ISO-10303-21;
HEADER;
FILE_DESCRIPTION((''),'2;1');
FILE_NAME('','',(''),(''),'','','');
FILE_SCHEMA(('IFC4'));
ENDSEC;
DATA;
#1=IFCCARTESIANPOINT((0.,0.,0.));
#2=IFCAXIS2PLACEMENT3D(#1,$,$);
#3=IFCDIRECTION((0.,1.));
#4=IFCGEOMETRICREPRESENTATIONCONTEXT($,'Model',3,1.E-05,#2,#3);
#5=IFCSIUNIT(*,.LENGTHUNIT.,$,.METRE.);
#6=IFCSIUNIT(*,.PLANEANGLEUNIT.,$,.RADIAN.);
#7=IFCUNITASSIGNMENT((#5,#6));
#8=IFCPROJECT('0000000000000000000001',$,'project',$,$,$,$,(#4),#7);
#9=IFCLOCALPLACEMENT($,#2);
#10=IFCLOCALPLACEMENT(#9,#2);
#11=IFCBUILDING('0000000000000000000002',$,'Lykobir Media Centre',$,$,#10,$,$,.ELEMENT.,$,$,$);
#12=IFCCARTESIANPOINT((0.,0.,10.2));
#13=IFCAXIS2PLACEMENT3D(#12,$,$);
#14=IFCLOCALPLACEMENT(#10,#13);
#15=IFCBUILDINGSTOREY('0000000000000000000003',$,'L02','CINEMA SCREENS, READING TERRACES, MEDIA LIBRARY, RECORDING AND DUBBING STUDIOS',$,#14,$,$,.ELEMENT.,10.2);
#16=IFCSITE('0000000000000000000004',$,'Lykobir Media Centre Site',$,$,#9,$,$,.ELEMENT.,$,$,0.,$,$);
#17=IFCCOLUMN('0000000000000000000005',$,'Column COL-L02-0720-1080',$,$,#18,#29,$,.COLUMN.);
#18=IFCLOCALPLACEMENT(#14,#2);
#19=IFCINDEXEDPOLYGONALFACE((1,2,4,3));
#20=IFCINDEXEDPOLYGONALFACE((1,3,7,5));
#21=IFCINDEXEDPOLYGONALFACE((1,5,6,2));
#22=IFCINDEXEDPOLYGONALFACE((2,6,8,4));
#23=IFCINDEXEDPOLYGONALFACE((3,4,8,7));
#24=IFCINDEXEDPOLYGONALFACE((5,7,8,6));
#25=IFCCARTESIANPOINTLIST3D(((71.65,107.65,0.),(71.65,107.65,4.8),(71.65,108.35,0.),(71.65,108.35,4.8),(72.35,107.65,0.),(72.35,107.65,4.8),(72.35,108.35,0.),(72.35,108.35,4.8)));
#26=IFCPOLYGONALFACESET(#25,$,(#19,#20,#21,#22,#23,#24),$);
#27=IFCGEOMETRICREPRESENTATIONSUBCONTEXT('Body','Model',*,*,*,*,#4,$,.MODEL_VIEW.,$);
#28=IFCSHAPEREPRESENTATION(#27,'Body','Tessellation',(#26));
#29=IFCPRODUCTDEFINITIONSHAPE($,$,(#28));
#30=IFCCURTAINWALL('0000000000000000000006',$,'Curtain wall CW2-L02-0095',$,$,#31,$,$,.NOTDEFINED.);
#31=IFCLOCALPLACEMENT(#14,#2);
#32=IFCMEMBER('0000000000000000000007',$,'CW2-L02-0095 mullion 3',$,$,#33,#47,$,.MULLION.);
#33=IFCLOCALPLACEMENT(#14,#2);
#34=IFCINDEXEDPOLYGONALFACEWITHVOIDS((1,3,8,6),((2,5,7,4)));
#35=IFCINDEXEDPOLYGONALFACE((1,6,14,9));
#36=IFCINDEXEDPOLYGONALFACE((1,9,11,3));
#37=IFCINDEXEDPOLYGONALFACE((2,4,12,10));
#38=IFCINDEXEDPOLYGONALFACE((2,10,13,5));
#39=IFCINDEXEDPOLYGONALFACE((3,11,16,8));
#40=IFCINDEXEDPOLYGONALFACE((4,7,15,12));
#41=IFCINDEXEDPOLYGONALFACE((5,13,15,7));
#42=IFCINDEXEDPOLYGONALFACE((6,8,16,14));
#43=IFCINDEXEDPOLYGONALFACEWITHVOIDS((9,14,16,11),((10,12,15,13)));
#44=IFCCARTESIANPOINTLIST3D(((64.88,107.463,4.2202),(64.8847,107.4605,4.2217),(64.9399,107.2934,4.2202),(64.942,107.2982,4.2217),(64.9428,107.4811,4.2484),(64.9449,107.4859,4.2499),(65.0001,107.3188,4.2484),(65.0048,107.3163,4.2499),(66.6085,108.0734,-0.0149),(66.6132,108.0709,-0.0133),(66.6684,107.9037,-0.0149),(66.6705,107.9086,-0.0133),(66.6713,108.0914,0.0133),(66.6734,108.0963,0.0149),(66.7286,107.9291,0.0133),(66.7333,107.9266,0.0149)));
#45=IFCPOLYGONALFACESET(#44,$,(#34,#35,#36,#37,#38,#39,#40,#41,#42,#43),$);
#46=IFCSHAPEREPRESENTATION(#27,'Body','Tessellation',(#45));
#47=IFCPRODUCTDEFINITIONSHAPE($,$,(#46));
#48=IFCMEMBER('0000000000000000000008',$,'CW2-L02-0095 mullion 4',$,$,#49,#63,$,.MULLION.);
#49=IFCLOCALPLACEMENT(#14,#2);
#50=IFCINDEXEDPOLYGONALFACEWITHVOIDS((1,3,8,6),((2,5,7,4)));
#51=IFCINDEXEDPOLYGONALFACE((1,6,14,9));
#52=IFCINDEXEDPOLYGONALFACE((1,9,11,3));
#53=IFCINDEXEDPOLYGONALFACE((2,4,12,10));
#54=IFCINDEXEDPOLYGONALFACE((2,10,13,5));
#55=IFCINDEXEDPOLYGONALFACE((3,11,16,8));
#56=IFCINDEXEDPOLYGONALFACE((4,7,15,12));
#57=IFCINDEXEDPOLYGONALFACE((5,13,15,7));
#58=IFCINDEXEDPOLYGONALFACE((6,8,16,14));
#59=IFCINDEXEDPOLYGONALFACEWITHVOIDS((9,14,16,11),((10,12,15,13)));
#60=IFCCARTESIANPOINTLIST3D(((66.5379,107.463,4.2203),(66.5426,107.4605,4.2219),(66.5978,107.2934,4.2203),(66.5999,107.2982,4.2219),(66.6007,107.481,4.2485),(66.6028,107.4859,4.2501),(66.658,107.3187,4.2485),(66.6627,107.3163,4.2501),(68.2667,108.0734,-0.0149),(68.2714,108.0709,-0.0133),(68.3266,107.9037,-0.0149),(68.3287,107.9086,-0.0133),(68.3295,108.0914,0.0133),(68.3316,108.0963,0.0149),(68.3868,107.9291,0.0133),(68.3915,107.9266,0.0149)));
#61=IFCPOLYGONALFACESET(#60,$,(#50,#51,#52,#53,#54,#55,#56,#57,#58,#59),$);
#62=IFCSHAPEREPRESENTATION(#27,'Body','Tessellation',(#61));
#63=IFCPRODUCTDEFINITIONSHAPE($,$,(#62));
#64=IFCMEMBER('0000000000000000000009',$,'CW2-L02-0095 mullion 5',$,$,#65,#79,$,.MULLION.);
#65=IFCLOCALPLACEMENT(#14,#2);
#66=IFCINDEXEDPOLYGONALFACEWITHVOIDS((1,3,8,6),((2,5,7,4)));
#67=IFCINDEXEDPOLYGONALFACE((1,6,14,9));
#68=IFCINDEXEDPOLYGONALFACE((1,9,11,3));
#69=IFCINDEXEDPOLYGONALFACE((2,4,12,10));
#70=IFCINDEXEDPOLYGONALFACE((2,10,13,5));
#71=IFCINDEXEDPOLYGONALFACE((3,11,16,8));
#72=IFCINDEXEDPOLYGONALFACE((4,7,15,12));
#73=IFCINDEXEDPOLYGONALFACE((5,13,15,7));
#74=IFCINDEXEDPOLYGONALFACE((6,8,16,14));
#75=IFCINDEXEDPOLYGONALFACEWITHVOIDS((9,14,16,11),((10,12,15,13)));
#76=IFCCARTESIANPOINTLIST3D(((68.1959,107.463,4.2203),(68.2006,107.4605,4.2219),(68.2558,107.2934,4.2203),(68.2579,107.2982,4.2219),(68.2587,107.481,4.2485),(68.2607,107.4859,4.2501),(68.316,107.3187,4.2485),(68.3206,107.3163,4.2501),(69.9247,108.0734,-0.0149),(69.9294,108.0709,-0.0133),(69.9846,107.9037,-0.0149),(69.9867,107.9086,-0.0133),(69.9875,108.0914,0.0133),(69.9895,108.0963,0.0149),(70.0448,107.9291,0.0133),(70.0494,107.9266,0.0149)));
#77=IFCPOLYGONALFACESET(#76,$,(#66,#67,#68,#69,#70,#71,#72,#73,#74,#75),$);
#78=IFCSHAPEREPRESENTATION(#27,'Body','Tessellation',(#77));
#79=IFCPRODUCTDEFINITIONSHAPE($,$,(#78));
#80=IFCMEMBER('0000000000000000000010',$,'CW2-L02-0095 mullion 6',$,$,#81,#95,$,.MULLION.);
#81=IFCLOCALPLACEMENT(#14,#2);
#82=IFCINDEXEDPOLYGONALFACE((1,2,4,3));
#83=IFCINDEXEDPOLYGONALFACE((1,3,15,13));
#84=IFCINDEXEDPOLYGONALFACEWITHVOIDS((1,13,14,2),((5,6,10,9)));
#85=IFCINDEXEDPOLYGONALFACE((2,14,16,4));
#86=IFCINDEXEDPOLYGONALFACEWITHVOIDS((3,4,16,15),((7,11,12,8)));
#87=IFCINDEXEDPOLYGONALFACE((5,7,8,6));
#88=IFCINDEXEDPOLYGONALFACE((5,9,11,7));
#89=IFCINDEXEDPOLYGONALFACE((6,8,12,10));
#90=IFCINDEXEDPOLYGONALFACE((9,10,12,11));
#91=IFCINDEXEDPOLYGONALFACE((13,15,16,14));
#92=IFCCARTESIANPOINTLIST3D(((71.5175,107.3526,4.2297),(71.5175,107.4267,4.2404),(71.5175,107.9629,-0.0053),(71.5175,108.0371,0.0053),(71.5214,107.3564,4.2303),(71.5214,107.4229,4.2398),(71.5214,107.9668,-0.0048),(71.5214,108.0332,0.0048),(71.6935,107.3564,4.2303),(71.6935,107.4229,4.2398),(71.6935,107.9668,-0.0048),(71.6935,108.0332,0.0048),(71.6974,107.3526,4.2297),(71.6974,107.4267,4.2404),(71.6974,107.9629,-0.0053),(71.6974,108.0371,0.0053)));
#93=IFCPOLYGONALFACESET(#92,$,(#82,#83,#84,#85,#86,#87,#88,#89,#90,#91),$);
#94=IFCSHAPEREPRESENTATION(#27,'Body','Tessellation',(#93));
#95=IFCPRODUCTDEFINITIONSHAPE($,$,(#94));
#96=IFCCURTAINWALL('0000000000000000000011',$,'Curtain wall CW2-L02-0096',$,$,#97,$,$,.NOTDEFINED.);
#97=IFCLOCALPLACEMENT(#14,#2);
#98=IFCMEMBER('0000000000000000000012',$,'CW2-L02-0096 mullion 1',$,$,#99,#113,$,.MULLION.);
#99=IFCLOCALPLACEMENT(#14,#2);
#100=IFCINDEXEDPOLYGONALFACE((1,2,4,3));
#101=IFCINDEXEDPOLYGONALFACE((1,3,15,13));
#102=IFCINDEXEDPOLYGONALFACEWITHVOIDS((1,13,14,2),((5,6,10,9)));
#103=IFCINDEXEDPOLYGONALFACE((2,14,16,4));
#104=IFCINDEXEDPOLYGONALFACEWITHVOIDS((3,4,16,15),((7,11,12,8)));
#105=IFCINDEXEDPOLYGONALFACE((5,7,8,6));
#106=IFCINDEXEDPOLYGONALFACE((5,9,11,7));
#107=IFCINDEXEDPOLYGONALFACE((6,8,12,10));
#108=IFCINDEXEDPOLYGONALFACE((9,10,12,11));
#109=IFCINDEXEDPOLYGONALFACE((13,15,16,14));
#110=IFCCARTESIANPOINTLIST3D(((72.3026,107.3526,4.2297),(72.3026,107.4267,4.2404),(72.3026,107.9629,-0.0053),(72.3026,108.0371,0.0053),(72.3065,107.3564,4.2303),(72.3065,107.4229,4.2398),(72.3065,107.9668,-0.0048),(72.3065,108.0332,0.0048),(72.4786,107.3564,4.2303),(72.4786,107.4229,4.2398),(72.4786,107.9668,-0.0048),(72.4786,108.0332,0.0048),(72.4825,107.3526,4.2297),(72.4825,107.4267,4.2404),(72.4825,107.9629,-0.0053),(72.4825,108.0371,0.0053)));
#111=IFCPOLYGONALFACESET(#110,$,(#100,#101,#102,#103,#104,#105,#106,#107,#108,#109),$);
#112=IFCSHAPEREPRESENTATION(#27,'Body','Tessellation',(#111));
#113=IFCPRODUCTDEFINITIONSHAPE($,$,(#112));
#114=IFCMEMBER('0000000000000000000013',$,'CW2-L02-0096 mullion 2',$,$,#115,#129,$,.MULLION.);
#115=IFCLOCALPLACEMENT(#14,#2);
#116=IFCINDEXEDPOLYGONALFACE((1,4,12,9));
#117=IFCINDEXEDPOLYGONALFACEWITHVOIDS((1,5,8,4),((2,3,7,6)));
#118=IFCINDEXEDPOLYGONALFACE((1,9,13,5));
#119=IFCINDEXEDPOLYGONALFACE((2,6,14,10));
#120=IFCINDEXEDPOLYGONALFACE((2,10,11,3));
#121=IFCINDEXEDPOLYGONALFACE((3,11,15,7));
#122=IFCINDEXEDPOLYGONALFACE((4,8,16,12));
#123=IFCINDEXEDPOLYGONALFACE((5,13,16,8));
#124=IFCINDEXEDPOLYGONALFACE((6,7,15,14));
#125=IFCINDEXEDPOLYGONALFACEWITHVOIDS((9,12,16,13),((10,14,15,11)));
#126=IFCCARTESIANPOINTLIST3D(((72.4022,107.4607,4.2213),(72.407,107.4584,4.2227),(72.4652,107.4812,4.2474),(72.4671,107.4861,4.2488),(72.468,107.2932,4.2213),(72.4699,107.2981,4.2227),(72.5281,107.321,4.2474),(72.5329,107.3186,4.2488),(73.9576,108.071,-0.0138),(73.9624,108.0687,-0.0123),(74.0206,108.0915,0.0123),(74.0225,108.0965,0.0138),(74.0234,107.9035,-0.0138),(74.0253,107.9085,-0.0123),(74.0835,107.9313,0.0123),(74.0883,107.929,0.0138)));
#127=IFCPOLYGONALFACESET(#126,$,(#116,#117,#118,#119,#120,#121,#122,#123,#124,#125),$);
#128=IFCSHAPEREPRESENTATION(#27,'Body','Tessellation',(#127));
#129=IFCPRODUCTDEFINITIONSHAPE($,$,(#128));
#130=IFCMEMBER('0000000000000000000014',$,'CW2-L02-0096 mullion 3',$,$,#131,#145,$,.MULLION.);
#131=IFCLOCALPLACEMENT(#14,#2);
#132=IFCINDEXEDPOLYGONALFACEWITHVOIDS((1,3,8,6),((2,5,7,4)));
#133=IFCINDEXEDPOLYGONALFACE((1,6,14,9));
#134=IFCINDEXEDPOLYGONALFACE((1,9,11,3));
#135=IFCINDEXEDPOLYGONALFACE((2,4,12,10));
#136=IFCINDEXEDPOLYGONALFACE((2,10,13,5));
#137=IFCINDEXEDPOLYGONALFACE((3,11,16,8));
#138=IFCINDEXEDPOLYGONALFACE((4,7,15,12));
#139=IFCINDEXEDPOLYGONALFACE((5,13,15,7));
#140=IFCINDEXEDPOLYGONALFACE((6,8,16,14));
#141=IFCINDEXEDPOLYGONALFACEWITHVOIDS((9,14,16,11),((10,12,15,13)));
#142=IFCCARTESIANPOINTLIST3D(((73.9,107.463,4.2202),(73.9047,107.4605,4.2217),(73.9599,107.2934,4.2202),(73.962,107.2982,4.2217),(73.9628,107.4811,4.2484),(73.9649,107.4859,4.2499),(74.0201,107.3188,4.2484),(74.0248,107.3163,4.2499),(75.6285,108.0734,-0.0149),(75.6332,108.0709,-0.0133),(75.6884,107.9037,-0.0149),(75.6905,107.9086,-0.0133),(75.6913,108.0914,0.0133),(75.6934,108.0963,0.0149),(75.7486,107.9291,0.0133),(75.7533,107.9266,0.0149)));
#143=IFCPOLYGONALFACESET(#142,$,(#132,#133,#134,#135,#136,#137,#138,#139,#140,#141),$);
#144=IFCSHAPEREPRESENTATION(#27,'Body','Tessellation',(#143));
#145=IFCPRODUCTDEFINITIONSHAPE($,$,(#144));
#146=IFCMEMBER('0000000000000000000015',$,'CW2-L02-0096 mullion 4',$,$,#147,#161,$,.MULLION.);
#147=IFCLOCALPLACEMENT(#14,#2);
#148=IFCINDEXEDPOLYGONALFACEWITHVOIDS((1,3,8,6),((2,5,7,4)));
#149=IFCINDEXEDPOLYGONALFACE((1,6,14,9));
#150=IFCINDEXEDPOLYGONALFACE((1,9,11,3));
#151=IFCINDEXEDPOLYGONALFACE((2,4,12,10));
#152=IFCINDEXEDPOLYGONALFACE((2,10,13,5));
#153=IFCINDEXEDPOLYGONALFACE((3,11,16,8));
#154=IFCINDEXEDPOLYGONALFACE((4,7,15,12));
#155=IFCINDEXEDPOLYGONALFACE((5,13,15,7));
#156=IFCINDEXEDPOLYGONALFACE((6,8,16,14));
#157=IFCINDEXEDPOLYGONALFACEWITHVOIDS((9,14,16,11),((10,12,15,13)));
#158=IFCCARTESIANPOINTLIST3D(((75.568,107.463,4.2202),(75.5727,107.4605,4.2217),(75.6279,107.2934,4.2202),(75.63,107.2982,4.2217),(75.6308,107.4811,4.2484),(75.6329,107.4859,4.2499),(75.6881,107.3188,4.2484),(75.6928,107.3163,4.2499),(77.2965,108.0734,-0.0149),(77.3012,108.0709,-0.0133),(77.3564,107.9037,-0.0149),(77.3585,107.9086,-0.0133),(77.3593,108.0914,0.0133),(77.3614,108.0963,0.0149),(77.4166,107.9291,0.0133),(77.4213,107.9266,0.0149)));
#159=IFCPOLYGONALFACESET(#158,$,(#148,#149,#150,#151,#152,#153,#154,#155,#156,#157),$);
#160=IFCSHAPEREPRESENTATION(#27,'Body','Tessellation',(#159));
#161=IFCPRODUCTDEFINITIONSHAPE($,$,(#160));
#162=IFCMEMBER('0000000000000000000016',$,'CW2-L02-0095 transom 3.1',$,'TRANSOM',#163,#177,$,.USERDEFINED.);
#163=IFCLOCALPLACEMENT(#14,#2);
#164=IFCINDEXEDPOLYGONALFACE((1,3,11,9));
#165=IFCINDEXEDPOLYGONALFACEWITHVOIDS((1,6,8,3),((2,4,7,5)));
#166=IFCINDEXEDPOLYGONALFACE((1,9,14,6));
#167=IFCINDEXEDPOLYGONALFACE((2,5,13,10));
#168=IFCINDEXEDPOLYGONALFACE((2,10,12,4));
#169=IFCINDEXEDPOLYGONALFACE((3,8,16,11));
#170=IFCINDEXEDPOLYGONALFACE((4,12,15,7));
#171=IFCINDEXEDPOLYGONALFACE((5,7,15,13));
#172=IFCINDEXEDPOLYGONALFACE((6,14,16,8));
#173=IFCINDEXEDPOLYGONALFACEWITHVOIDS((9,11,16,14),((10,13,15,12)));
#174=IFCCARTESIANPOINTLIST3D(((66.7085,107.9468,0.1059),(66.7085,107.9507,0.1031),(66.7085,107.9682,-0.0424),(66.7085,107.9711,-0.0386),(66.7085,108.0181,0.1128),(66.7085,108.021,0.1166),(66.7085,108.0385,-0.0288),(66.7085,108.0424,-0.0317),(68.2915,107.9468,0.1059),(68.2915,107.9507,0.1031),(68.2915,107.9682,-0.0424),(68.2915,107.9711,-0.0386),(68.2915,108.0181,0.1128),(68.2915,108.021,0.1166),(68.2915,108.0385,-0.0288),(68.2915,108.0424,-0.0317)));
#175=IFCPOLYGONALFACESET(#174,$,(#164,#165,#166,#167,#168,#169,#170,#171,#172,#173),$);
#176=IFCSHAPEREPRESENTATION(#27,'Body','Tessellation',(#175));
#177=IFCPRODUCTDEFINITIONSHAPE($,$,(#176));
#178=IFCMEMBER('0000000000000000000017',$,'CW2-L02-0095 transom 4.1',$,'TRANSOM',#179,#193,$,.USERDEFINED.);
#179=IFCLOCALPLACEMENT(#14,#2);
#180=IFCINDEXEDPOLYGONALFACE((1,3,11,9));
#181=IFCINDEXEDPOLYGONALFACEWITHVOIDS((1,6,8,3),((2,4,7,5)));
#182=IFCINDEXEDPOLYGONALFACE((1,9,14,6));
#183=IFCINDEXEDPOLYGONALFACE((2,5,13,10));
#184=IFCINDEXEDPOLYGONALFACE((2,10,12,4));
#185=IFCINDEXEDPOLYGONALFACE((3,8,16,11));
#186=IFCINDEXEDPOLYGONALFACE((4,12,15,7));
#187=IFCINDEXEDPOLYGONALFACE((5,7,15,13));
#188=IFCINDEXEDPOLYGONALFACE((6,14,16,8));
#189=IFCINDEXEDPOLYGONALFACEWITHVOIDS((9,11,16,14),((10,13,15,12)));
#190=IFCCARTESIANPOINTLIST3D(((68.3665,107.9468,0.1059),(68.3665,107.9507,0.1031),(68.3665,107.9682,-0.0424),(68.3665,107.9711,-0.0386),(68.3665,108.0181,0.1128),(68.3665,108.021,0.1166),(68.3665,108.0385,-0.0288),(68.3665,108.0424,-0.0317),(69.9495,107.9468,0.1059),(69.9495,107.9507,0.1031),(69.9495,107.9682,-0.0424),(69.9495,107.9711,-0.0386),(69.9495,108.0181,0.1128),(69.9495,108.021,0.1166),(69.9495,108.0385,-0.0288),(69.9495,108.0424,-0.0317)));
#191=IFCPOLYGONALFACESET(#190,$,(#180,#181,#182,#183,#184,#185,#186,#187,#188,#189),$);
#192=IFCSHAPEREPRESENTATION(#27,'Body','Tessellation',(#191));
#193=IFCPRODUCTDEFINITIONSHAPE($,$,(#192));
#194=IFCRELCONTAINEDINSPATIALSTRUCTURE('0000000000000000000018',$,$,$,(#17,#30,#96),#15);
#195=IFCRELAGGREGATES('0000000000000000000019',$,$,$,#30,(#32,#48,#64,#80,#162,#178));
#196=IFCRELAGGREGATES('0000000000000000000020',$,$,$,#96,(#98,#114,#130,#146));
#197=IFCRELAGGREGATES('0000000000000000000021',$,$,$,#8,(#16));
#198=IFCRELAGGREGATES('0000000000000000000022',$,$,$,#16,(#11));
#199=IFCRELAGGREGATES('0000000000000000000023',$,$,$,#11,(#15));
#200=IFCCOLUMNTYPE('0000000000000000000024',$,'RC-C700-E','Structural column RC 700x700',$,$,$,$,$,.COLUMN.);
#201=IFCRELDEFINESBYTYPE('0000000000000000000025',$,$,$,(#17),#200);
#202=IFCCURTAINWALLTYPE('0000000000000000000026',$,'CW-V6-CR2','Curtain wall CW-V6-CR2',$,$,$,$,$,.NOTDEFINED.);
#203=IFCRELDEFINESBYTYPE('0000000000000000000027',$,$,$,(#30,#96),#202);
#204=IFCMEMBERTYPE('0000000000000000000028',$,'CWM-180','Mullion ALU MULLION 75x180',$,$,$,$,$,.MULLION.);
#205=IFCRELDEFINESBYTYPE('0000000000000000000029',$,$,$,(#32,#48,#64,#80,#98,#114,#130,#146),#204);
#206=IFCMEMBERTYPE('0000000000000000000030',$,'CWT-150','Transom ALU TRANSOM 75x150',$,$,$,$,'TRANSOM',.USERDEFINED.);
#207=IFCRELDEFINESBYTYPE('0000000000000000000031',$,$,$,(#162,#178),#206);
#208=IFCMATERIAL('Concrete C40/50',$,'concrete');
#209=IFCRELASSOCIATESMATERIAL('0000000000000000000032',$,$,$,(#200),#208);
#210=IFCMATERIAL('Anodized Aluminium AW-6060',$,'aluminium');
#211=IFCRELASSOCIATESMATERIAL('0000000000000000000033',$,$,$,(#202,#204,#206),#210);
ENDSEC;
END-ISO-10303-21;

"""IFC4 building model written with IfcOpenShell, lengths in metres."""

from ifc_helpers import new_model, si_unit, direction, frame, origin, origin_2d, place, context, subcontext, project, spatial, rectangle, hollow_rectangle, extrude, material, material_profile, profile_set, type_object, element, aggregate, save


model = new_model("IFC4")

# Units and contexts
model_context = context("Model", 3, precision=1e-05, world=origin(), true_north=direction((0.0, 1.0)))
body_context = subcontext(model_context, "Body", "Model", "MODEL_VIEW")
ifc_project = project(units=[si_unit("LENGTHUNIT", "METRE"), si_unit("PLANEANGLEUNIT", "RADIAN")], contexts=[model_context])

# Site, building, storey
site_placement = place(None, origin())
site = spatial("IfcSite", under=ifc_project, at=site_placement, Name="Lykobir Media Centre Site", CompositionType="ELEMENT", RefElevation=0.0)
building_placement = place(site_placement, origin())
building = spatial("IfcBuilding", under=site, at=building_placement, Name="Lykobir Media Centre", CompositionType="ELEMENT")
storey_placement = place(building_placement, frame((0.0, 0.0, 10.2)))
storey = spatial("IfcBuildingStorey", under=building, at=storey_placement, Name="L02", Description="CINEMA SCREENS, READING TERRACES, MEDIA LIBRARY, RECORDING AND DUBBING STUDIOS", CompositionType="ELEMENT", Elevation=10.2)

# Column
ifc_material_1 = material(Name="Concrete C40/50", Category="concrete")
ifc_material_profile_1 = material_profile(ifc_material_1, rectangle(XDim=0.7, YDim=0.7, at=origin_2d()), Name="RC 700x700")
ifc_profile_set_1 = profile_set([ifc_material_profile_1], Name="Concrete C40/50")
column_type = type_object("IfcColumnType", Name="RC-C700-E", Description="Structural column RC 700x700", PredefinedType="COLUMN", material=ifc_profile_set_1)
column_placement = place(storey_placement, frame((72.0, 108.0, 0.0), z_axis=(0.0, 0.0, 1.0), x_axis=(1.0, 0.0, 0.0)))
element("IfcColumn", 1, at=column_placement, inside=storey, type_object=column_type, Name="Column COL-L02-0720-1080", PredefinedType="COLUMN", context=body_context, shape_type="SweptSolid", body=[
    extrude(rectangle(XDim=0.7, YDim=0.7, at=origin_2d()), origin(), (0.0, 0.0, 1.0), 4.8),
])

# Curtain walls, members
ifc_material_2 = material(Name="Anodized Aluminium AW-6060", Category="aluminium")
curtain_wall_type = type_object("IfcCurtainWallType", Name="CW-V6-CR2", Description="Curtain wall CW-V6-CR2", PredefinedType="NOTDEFINED", material=ifc_material_2)
curtain_wall_1_placement = place(storey_placement, origin())
curtain_wall_1 = element("IfcCurtainWall", 2, at=curtain_wall_1_placement, inside=storey, type_object=curtain_wall_type, Name="Curtain wall CW2-L02-0095", PredefinedType="NOTDEFINED")
ifc_material_profile_2 = material_profile(ifc_material_2, hollow_rectangle(XDim=0.075, YDim=0.1799, WallThickness=0.0039, at=origin_2d()), Name="ALU MULLION 75x180")
ifc_profile_set_2 = profile_set([ifc_material_profile_2], Name="Anodized Aluminium AW-6060")
member_type_1 = type_object("IfcMemberType", Name="CWM-180", Description="Mullion ALU MULLION 75x180", PredefinedType="MULLION", material=ifc_profile_set_2)
member_1_placement = place(storey_placement, frame((66.6709, 108.0, 0.0), z_axis=(-0.374559, -0.132259, 0.917722), x_axis=(0.865358, 0.305564, 0.397224)))
member_1 = element("IfcMember", 3, at=member_1_placement, type_object=member_type_1, Name="CW2-L02-0095 mullion 3", PredefinedType="MULLION", context=body_context, shape_type="SweptSolid", body=[
    extrude(hollow_rectangle(XDim=0.075, YDim=0.1799, WallThickness=0.0039, at=origin_2d()), origin(), (0.0, 0.0, 1.0), 4.6147),
])
member_2_placement = place(storey_placement, frame((68.3291, 108.0, 0.0), z_axis=(-0.374604, -0.132257, 0.917704), x_axis=(0.865354, 0.30552, 0.397266)))
member_2 = element("IfcMember", 4, at=member_2_placement, type_object=member_type_1, Name="CW2-L02-0095 mullion 4", PredefinedType="MULLION", context=body_context, shape_type="SweptSolid", body=[
    extrude(hollow_rectangle(XDim=0.075, YDim=0.1799, WallThickness=0.0039, at=origin_2d()), origin(), (0.0, 0.0, 1.0), 4.615),
])
member_3_placement = place(storey_placement, frame((69.9871, 108.0, 0.0), z_axis=(-0.374604, -0.132257, 0.917704), x_axis=(0.865354, 0.30552, 0.397266)))
member_3 = element("IfcMember", 5, at=member_3_placement, type_object=member_type_1, Name="CW2-L02-0095 mullion 5", PredefinedType="MULLION", context=body_context, shape_type="SweptSolid", body=[
    extrude(hollow_rectangle(XDim=0.075, YDim=0.1799, WallThickness=0.0039, at=origin_2d()), origin(), (0.0, 0.0, 1.0), 4.615),
])
member_4_placement = place(storey_placement, frame((71.6074, 108.0, 0.0), z_axis=(0.0, -0.142643, 0.989774), x_axis=(0.0, 0.989774, 0.142643)))
member_4 = element("IfcMember", 6, at=member_4_placement, type_object=member_type_1, Name="CW2-L02-0095 mullion 6", PredefinedType="MULLION", context=body_context, shape_type="SweptSolid", body=[
    extrude(hollow_rectangle(XDim=0.075, YDim=0.1799, WallThickness=0.0039, at=origin_2d()), origin(), (0.0, 0.0, 1.0), 4.2788),
])
curtain_wall_2_placement = place(storey_placement, origin())
curtain_wall_2 = element("IfcCurtainWall", 7, at=curtain_wall_2_placement, inside=storey, type_object=curtain_wall_type, Name="Curtain wall CW2-L02-0096", PredefinedType="NOTDEFINED")
member_5_placement = place(storey_placement, frame((72.3926, 108.0, 0.0), z_axis=(0.0, -0.142643, 0.989774), x_axis=(0.0, 0.989774, 0.142643)))
member_5 = element("IfcMember", 8, at=member_5_placement, type_object=member_type_1, Name="CW2-L02-0096 mullion 1", PredefinedType="MULLION", context=body_context, shape_type="SweptSolid", body=[
    extrude(hollow_rectangle(XDim=0.075, YDim=0.1799, WallThickness=0.0039, at=origin_2d()), origin(), (0.0, 0.0, 1.0), 4.2788),
])
member_6_placement = place(storey_placement, frame((74.0229, 108.0, 0.0), z_axis=(-0.34164, -0.134061, 0.93022), x_axis=(0.865938, 0.339797, 0.367002)))
member_6 = element("IfcMember", 9, at=member_6_placement, type_object=member_type_1, Name="CW2-L02-0096 mullion 2", PredefinedType="MULLION", context=body_context, shape_type="SweptSolid", body=[
    extrude(hollow_rectangle(XDim=0.075, YDim=0.1799, WallThickness=0.0039, at=origin_2d()), origin(), (0.0, 0.0, 1.0), 4.5527),
])
member_7_placement = place(storey_placement, frame((75.6909, 108.0, 0.0), z_axis=(-0.374559, -0.132259, 0.917722), x_axis=(0.865358, 0.305564, 0.397224)))
member_7 = element("IfcMember", 10, at=member_7_placement, type_object=member_type_1, Name="CW2-L02-0096 mullion 3", PredefinedType="MULLION", context=body_context, shape_type="SweptSolid", body=[
    extrude(hollow_rectangle(XDim=0.075, YDim=0.1799, WallThickness=0.0039, at=origin_2d()), origin(), (0.0, 0.0, 1.0), 4.6147),
])
member_8_placement = place(storey_placement, frame((77.3589, 108.0, 0.0), z_axis=(-0.374559, -0.132259, 0.917722), x_axis=(0.865358, 0.305564, 0.397224)))
member_8 = element("IfcMember", 11, at=member_8_placement, type_object=member_type_1, Name="CW2-L02-0096 mullion 4", PredefinedType="MULLION", context=body_context, shape_type="SweptSolid", body=[
    extrude(hollow_rectangle(XDim=0.075, YDim=0.1799, WallThickness=0.0039, at=origin_2d()), origin(), (0.0, 0.0, 1.0), 4.6147),
])

# Members
ifc_material_profile_3 = material_profile(ifc_material_2, hollow_rectangle(XDim=0.075, YDim=0.1499, WallThickness=0.0034, at=origin_2d()), Name="ALU TRANSOM 75x150")
ifc_profile_set_3 = profile_set([ifc_material_profile_3], Name="Anodized Aluminium AW-6060")
member_type_2 = type_object("IfcMemberType", Name="CWT-150", Description="Transom ALU TRANSOM 75x150", ElementType="TRANSOM", PredefinedType="USERDEFINED", material=ifc_profile_set_3)
member_9_placement = place(storey_placement, frame((66.7085, 107.9946, 0.0371), z_axis=(1.0, 0.0, 0.0), x_axis=(0.0, 0.989776, 0.142629)))
member_9 = element("IfcMember", 12, at=member_9_placement, type_object=member_type_2, Name="CW2-L02-0095 transom 3.1", ObjectType="TRANSOM", PredefinedType="USERDEFINED", context=body_context, shape_type="SweptSolid", body=[
    extrude(hollow_rectangle(XDim=0.075, YDim=0.1499, WallThickness=0.0034, at=origin_2d()), origin(), (0.0, 0.0, 1.0), 1.583),
])
member_10_placement = place(storey_placement, frame((68.3665, 107.9946, 0.0371), z_axis=(1.0, 0.0, 0.0), x_axis=(0.0, 0.989776, 0.142629)))
member_10 = element("IfcMember", 13, at=member_10_placement, type_object=member_type_2, Name="CW2-L02-0095 transom 4.1", ObjectType="TRANSOM", PredefinedType="USERDEFINED", context=body_context, shape_type="SweptSolid", body=[
    extrude(hollow_rectangle(XDim=0.075, YDim=0.1499, WallThickness=0.0034, at=origin_2d()), origin(), (0.0, 0.0, 1.0), 1.583),
])

aggregate(curtain_wall_1, [member_1, member_2, member_3, member_4, member_9, member_10])
aggregate(curtain_wall_2, [member_5, member_6, member_7, member_8])

save(model, "model.ifc")
